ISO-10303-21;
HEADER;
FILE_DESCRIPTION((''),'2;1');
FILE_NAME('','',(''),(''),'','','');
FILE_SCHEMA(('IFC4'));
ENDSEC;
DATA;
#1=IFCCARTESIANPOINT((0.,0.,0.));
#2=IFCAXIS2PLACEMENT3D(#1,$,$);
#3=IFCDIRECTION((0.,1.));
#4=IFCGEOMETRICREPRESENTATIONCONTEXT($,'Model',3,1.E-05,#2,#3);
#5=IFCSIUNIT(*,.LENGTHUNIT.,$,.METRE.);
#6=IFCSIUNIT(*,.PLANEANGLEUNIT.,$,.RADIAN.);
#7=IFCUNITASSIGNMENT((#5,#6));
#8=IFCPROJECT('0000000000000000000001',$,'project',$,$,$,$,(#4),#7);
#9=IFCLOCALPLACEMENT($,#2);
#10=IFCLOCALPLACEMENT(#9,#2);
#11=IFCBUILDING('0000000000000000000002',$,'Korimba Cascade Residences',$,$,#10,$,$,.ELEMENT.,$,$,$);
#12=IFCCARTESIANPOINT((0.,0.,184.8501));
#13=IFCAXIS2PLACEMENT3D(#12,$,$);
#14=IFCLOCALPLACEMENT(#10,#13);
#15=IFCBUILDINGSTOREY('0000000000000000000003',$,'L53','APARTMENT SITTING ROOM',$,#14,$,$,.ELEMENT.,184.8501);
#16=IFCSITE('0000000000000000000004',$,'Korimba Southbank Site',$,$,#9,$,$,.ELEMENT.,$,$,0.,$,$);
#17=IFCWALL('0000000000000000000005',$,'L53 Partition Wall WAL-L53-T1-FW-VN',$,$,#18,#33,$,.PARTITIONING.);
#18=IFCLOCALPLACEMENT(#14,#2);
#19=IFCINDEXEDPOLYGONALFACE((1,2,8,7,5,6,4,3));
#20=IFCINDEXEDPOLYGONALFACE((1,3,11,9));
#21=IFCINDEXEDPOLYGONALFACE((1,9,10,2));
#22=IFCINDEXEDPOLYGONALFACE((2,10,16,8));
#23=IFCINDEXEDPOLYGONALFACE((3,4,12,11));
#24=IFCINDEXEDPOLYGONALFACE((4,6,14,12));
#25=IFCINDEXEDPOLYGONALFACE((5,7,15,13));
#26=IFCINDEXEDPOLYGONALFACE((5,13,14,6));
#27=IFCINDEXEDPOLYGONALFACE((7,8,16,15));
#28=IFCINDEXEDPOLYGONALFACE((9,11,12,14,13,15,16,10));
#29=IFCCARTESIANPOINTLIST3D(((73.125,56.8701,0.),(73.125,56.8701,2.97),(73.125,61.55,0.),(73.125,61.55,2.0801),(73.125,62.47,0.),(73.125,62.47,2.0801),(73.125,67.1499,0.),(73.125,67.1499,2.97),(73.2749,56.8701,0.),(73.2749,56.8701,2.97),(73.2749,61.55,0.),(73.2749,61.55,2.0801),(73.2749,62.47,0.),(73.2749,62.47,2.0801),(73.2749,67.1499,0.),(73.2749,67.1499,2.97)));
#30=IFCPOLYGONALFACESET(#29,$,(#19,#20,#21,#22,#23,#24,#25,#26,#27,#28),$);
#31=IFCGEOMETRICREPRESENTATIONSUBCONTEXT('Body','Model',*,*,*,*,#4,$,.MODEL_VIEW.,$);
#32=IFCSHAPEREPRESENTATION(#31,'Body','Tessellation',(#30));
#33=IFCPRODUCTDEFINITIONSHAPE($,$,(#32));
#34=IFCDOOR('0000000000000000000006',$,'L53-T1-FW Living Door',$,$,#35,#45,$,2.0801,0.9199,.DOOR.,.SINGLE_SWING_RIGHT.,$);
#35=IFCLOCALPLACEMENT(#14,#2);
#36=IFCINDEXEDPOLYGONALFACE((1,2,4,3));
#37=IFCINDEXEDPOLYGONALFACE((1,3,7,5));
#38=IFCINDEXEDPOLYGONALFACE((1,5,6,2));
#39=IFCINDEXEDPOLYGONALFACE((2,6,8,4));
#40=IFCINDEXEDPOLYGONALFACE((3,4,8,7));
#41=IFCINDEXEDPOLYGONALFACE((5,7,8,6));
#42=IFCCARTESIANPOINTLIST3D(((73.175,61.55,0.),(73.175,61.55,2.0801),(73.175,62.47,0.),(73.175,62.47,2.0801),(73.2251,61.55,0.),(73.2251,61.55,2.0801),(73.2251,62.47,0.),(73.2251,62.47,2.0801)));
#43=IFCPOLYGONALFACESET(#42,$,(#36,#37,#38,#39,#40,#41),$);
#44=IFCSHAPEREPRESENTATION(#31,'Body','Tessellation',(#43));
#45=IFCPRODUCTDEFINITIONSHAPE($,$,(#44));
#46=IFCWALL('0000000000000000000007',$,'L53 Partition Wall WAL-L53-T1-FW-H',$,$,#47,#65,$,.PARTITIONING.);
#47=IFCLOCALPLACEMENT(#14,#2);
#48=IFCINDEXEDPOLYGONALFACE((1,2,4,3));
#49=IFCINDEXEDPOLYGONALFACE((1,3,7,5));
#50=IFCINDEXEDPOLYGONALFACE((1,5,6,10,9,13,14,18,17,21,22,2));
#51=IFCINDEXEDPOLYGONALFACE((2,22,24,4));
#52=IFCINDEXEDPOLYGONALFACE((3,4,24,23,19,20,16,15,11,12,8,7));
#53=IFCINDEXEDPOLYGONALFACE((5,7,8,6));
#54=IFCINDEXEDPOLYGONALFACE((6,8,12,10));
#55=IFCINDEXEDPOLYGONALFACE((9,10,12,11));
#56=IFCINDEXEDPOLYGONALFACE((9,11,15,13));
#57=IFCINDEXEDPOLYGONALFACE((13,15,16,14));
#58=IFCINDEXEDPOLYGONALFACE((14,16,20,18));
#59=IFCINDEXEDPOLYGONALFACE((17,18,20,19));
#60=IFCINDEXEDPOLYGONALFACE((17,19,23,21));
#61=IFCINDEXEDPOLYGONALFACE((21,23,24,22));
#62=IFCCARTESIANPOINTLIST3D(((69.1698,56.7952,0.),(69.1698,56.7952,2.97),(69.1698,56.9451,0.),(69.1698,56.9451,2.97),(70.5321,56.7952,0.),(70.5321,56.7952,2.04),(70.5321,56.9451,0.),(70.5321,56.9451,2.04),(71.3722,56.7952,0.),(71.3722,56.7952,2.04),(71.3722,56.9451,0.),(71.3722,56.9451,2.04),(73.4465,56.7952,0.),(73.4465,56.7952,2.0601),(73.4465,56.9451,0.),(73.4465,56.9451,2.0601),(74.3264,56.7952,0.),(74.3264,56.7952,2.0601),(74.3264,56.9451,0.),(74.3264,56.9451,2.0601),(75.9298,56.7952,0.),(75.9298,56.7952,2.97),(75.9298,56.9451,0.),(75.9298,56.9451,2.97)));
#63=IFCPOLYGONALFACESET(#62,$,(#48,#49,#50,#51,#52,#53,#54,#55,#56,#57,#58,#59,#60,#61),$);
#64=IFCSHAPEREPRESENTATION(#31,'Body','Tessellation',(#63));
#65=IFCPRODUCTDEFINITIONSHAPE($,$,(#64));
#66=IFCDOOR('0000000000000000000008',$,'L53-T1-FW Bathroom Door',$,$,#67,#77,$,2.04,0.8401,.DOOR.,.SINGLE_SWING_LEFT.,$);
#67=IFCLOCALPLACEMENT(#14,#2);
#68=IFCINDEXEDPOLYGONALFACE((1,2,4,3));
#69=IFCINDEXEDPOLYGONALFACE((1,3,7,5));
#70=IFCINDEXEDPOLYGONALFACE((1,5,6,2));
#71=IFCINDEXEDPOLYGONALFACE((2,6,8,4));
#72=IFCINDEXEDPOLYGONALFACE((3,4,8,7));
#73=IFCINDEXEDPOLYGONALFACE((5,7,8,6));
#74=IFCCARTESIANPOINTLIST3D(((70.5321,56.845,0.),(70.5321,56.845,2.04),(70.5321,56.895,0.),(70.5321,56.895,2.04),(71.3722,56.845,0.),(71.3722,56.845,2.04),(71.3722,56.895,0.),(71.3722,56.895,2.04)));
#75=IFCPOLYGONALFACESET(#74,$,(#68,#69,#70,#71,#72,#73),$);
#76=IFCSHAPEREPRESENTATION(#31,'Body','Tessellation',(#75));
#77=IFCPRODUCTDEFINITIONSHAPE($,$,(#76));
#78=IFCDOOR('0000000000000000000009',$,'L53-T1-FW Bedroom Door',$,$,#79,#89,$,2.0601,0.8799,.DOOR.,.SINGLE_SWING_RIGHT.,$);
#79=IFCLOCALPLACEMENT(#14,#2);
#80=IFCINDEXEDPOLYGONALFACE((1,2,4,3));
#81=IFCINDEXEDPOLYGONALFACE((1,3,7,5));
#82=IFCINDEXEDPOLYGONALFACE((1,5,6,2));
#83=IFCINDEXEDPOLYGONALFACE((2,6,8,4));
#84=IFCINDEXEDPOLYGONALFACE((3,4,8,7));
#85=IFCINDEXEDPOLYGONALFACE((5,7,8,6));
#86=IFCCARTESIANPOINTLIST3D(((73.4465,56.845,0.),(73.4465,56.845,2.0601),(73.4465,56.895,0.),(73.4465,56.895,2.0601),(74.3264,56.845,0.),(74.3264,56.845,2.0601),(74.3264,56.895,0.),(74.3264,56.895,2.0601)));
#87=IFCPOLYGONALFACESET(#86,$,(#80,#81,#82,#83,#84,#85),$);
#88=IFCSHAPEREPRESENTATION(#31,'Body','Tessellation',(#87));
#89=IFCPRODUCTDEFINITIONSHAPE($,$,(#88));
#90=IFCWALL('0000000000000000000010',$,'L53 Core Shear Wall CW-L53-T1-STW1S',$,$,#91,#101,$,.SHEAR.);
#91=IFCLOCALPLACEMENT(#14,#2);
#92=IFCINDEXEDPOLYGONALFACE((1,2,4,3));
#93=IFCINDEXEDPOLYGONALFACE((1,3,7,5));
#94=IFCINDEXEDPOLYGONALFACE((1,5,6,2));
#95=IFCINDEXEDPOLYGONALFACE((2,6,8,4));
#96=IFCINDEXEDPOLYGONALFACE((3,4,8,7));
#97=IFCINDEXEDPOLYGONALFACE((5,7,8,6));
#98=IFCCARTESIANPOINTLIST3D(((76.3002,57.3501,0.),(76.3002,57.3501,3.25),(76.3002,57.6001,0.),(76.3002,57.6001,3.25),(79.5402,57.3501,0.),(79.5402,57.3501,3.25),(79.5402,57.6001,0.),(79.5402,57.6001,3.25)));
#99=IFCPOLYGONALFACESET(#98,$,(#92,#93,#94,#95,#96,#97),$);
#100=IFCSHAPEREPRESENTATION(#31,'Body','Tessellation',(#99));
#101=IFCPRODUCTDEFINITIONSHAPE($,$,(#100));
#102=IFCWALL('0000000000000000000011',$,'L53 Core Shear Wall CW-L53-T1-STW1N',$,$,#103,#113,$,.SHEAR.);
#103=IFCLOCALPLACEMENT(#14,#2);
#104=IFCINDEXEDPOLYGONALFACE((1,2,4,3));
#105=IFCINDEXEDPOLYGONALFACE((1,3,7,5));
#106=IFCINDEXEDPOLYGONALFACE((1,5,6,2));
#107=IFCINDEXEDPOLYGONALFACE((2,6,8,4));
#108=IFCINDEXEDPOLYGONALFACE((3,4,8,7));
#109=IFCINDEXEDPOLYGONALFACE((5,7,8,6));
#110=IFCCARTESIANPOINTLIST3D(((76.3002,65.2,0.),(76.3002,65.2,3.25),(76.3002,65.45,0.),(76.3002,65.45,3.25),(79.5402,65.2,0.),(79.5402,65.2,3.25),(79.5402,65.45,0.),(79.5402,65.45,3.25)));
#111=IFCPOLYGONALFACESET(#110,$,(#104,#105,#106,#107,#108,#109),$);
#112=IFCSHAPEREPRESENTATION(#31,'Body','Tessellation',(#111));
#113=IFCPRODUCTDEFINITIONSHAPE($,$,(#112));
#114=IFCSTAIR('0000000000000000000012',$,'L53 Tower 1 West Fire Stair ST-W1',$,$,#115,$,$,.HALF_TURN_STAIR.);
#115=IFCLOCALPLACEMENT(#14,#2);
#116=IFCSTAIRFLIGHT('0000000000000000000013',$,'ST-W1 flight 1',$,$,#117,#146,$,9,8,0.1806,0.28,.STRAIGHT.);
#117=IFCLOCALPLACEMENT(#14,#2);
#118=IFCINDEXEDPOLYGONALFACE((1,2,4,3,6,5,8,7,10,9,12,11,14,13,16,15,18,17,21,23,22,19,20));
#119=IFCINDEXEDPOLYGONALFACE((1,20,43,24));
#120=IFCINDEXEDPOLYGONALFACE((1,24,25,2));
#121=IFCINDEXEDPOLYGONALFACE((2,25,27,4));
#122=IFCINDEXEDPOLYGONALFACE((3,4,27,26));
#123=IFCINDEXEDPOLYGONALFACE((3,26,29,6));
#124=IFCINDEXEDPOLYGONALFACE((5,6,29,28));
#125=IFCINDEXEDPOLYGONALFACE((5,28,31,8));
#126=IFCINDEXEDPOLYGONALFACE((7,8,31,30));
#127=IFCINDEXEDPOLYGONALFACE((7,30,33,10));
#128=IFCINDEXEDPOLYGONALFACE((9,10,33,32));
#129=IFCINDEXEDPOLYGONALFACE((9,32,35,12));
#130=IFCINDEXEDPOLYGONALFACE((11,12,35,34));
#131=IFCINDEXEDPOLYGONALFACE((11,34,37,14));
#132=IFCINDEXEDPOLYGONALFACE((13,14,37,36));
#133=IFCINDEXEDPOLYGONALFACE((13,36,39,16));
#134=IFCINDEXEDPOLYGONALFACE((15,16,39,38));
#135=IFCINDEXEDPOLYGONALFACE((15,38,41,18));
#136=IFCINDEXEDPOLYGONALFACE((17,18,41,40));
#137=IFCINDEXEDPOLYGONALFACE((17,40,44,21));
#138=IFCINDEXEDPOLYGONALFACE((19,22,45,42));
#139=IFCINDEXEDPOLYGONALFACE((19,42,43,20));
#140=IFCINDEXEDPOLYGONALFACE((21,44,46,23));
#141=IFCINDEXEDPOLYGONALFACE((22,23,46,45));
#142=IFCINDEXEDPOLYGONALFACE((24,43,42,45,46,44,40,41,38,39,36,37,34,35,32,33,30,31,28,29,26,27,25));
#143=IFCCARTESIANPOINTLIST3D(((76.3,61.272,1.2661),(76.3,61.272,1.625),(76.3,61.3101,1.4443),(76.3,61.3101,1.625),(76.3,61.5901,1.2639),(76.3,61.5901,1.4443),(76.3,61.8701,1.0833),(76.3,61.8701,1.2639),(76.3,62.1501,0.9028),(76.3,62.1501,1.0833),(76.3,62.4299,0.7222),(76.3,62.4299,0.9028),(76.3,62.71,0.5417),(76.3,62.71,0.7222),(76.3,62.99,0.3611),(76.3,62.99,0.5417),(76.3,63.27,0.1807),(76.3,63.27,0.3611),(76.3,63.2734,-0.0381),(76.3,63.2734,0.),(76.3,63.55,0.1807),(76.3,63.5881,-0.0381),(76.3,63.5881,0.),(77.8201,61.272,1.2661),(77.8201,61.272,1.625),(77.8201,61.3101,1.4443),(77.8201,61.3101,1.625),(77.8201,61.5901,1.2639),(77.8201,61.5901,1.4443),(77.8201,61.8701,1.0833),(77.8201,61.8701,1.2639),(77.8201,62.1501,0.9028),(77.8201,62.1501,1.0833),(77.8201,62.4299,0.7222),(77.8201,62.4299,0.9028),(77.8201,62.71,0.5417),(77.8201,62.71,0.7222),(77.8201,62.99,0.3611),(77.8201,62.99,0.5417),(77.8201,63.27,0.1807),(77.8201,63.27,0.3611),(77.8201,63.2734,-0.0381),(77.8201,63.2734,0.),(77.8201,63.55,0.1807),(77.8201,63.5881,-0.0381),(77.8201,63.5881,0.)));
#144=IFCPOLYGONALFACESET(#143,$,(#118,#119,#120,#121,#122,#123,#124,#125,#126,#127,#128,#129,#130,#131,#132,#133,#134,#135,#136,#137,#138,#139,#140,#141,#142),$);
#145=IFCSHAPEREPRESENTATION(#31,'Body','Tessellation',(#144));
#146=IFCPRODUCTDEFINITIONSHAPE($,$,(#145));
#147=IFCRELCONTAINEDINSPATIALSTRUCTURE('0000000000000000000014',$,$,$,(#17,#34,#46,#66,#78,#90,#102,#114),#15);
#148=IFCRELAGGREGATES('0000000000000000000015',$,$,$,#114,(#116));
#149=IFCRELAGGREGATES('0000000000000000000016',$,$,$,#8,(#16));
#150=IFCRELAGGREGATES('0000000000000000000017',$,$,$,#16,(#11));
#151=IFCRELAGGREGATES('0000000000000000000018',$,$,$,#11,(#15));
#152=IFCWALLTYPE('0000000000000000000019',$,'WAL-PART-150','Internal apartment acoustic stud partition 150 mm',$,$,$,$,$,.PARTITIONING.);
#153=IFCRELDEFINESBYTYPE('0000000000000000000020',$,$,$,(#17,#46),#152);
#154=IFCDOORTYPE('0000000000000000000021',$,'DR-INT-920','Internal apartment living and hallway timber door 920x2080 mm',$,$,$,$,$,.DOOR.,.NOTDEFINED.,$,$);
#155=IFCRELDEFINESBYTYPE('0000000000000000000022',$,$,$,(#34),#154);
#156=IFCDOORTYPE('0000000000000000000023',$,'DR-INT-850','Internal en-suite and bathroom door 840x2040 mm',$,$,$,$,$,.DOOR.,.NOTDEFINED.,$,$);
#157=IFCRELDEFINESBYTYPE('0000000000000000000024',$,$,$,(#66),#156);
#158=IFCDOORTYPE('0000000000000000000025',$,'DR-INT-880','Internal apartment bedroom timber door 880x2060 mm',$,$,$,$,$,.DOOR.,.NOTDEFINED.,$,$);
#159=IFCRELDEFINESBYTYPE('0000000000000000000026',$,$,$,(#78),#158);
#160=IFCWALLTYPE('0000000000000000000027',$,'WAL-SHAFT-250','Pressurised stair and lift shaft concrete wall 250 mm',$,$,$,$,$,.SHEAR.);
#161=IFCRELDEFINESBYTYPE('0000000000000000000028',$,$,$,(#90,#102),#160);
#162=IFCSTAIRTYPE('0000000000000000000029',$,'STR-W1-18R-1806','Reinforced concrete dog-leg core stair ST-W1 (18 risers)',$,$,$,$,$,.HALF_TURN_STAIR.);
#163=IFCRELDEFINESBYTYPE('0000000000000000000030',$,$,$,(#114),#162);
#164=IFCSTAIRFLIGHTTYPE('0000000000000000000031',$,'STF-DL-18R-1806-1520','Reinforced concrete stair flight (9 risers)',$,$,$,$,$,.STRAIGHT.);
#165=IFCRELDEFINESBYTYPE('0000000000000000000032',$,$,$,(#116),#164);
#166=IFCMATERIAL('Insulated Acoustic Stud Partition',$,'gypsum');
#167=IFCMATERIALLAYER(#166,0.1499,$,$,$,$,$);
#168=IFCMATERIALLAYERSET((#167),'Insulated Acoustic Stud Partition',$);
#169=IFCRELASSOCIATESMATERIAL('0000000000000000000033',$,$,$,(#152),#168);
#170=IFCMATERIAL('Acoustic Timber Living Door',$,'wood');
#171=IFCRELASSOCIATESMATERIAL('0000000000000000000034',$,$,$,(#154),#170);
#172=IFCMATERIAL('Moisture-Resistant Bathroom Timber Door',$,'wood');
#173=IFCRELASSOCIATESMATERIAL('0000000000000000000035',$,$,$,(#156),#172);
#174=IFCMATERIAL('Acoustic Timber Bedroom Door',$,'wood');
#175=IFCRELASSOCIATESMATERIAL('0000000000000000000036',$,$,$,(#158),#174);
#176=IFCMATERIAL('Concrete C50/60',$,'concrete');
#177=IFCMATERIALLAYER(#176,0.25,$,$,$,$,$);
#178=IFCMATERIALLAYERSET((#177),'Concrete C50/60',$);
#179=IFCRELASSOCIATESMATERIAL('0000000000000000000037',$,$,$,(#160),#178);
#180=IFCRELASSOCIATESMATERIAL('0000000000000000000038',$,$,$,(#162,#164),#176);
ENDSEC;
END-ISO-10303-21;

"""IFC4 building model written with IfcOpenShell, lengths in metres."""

from ifc_helpers import new_model, si_unit, direction, frame, frame_2d, origin, place, context, subcontext, project, spatial, polyline, rectangle, outline, extrude, material, layer, layer_set, type_object, element, fill, aggregate, save


model = new_model("IFC4")

# Units and contexts
model_context = context("Model", 3, precision=1e-05, world=origin(), true_north=direction((0.0, 1.0)))
body_context = subcontext(model_context, "Body", "Model", "MODEL_VIEW")
ifc_project = project(units=[si_unit("LENGTHUNIT", "METRE"), si_unit("PLANEANGLEUNIT", "RADIAN")], contexts=[model_context])

# Site, building, storey
site_placement = place(None, origin())
site = spatial("IfcSite", under=ifc_project, at=site_placement, Name="Korimba Southbank Site", CompositionType="ELEMENT", RefElevation=0.0)
building_placement = place(site_placement, origin())
building = spatial("IfcBuilding", under=site, at=building_placement, Name="Korimba Cascade Residences", CompositionType="ELEMENT")
storey_placement = place(building_placement, frame((0.0, 0.0, 184.8501)))
storey = spatial("IfcBuildingStorey", under=building, at=storey_placement, Name="L53", Description="APARTMENT SITTING ROOM", CompositionType="ELEMENT", Elevation=184.8501)

# Wall, opening, door
ifc_material_1 = material(Name="Insulated Acoustic Stud Partition", Category="gypsum")
ifc_layer_1 = layer(ifc_material_1, 0.1499)
ifc_layer_set_1 = layer_set([ifc_layer_1], Name="Insulated Acoustic Stud Partition")
wall_type_1 = type_object("IfcWallType", Name="WAL-PART-150", Description="Internal apartment acoustic stud partition 150 mm", PredefinedType="PARTITIONING", material=ifc_layer_set_1)
wall_1_placement = place(storey_placement, frame((73.2, 56.8701, 0.0), z_axis=(0.0, 0.0, 1.0), x_axis=(0.0, 1.0, 0.0)))
wall_1 = element("IfcWall", 1, at=wall_1_placement, inside=storey, type_object=wall_type_1, Name="L53 Partition Wall WAL-L53-T1-FW-VN", PredefinedType="PARTITIONING", context=body_context, shape_type="SweptSolid", body=[
    extrude(rectangle(XDim=10.2798, YDim=0.1499, at=frame_2d((5.1399, 0.0))), origin(), (0.0, 0.0, 1.0), 2.97),
])
opening_1_placement = place(wall_1_placement, frame((4.6799, 0.0, 0.0)))
opening_1 = element("IfcOpeningElement", 2, at=opening_1_placement, cuts=wall_1, PredefinedType="OPENING", context=body_context, shape_type="SweptSolid", body=[
    extrude(rectangle(XDim=0.9199, YDim=2.0801, at=frame_2d((0.46, 1.04))), frame((0.0, 0.085, 0.0), z_axis=(0.0, -1.0, 0.0), x_axis=(1.0, 0.0, 0.0)), (0.0, 0.0, 1.0), 0.1699),
])
ifc_material_2 = material(Name="Acoustic Timber Living Door", Category="wood")
door_type_1 = type_object("IfcDoorType", Name="DR-INT-920", Description="Internal apartment living and hallway timber door 920x2080 mm", OperationType="NOTDEFINED", PredefinedType="DOOR", material=ifc_material_2)
door_1_placement = place(opening_1_placement, origin())
door_1 = element("IfcDoor", 3, at=door_1_placement, inside=storey, type_object=door_type_1, Name="L53-T1-FW Living Door", OperationType="SINGLE_SWING_RIGHT", OverallHeight=2.0801, OverallWidth=0.9199, PredefinedType="DOOR", context=body_context, shape_type="SweptSolid", body=[
    extrude(rectangle(XDim=0.9199, YDim=2.0801, at=frame_2d((0.46, 1.04))), frame((0.0, 0.0249, 0.0), z_axis=(0.0, -1.0, 0.0), x_axis=(1.0, 0.0, 0.0)), (0.0, 0.0, 1.0), 0.05),
])
fill(opening_1, door_1)

# Wall, openings, doors
wall_2_placement = place(storey_placement, frame((69.1699, 56.8701, 0.0), z_axis=(0.0, 0.0, 1.0), x_axis=(1.0, 0.0, 0.0)))
wall_2 = element("IfcWall", 4, at=wall_2_placement, inside=storey, type_object=wall_type_1, Name="L53 Partition Wall WAL-L53-T1-FW-H", PredefinedType="PARTITIONING", context=body_context, shape_type="SweptSolid", body=[
    extrude(rectangle(XDim=6.76, YDim=0.1499, at=frame_2d((3.3799, 0.0))), origin(), (0.0, 0.0, 1.0), 2.97),
])
opening_2_placement = place(wall_2_placement, frame((1.3623, 0.0, 0.0)))
opening_2 = element("IfcOpeningElement", 5, at=opening_2_placement, cuts=wall_2, PredefinedType="OPENING", context=body_context, shape_type="SweptSolid", body=[
    extrude(rectangle(XDim=0.8401, YDim=2.04, at=frame_2d((0.4199, 1.02))), frame((0.0, 0.085, 0.0), z_axis=(0.0, -1.0, 0.0), x_axis=(1.0, 0.0, 0.0)), (0.0, 0.0, 1.0), 0.1699),
])
opening_3_placement = place(wall_2_placement, frame((4.2766, 0.0, 0.0)))
opening_3 = element("IfcOpeningElement", 6, at=opening_3_placement, cuts=wall_2, PredefinedType="OPENING", context=body_context, shape_type="SweptSolid", body=[
    extrude(rectangle(XDim=0.8799, YDim=2.0601, at=frame_2d((0.4399, 1.03))), frame((0.0, 0.085, 0.0), z_axis=(0.0, -1.0, 0.0), x_axis=(1.0, 0.0, 0.0)), (0.0, 0.0, 1.0), 0.1699),
])
ifc_material_3 = material(Name="Moisture-Resistant Bathroom Timber Door", Category="wood")
door_type_2 = type_object("IfcDoorType", Name="DR-INT-850", Description="Internal en-suite and bathroom door 840x2040 mm", OperationType="NOTDEFINED", PredefinedType="DOOR", material=ifc_material_3)
door_2_placement = place(opening_2_placement, origin())
door_2 = element("IfcDoor", 7, at=door_2_placement, inside=storey, type_object=door_type_2, Name="L53-T1-FW Bathroom Door", OperationType="SINGLE_SWING_LEFT", OverallHeight=2.04, OverallWidth=0.8401, PredefinedType="DOOR", context=body_context, shape_type="SweptSolid", body=[
    extrude(rectangle(XDim=0.8401, YDim=2.04, at=frame_2d((0.4199, 1.02))), frame((0.0, 0.0249, 0.0), z_axis=(0.0, -1.0, 0.0), x_axis=(1.0, 0.0, 0.0)), (0.0, 0.0, 1.0), 0.05),
])
fill(opening_2, door_2)
ifc_material_4 = material(Name="Acoustic Timber Bedroom Door", Category="wood")
door_type_3 = type_object("IfcDoorType", Name="DR-INT-880", Description="Internal apartment bedroom timber door 880x2060 mm", OperationType="NOTDEFINED", PredefinedType="DOOR", material=ifc_material_4)
door_3_placement = place(opening_3_placement, origin())
door_3 = element("IfcDoor", 8, at=door_3_placement, inside=storey, type_object=door_type_3, Name="L53-T1-FW Bedroom Door", OperationType="SINGLE_SWING_RIGHT", OverallHeight=2.0601, OverallWidth=0.8799, PredefinedType="DOOR", context=body_context, shape_type="SweptSolid", body=[
    extrude(rectangle(XDim=0.8799, YDim=2.0601, at=frame_2d((0.4399, 1.03))), frame((0.0, 0.0249, 0.0), z_axis=(0.0, -1.0, 0.0), x_axis=(1.0, 0.0, 0.0)), (0.0, 0.0, 1.0), 0.05),
])
fill(opening_3, door_3)

# Walls
ifc_material_5 = material(Name="Concrete C50/60", Category="concrete")
ifc_layer_2 = layer(ifc_material_5, 0.25)
ifc_layer_set_2 = layer_set([ifc_layer_2], Name="Concrete C50/60")
wall_type_2 = type_object("IfcWallType", Name="WAL-SHAFT-250", Description="Pressurised stair and lift shaft concrete wall 250 mm", PredefinedType="SHEAR", material=ifc_layer_set_2)
for number, where, z_axis, x_axis, name in (
    (9, (76.3, 57.4751, 0.0), (0.0, 0.0, 1.0), (1.0, 0.0, 0.0), "L53 Core Shear Wall CW-L53-T1-STW1S"),
    (10, (76.3, 65.325, 0.0), (0.0, 0.0, 1.0), (1.0, 0.0, 0.0), "L53 Core Shear Wall CW-L53-T1-STW1N"),
):
    element("IfcWall", number, at=place(storey_placement, frame(where, z_axis=z_axis, x_axis=x_axis)), inside=storey, type_object=wall_type_2, Name=name, PredefinedType="SHEAR", context=body_context, shape_type="SweptSolid", body=[
        extrude(rectangle(XDim=3.24, YDim=0.25, at=frame_2d((1.6201, 0.0))), origin(), (0.0, 0.0, 1.0), 3.25),
    ])

# Stair, stair flight
stair_type = type_object("IfcStairType", Name="STR-W1-18R-1806", Description="Reinforced concrete dog-leg core stair ST-W1 (18 risers)", PredefinedType="HALF_TURN_STAIR", material=ifc_material_5)
stair_placement = place(storey_placement, origin())
stair = element("IfcStair", 11, at=stair_placement, inside=storey, type_object=stair_type, Name="L53 Tower 1 West Fire Stair ST-W1", PredefinedType="HALF_TURN_STAIR")
stair_flight_type = type_object("IfcStairFlightType", Name="STF-DL-18R-1806-1520", Description="Reinforced concrete stair flight (9 risers)", PredefinedType="STRAIGHT", material=ifc_material_5)
stair_flight_placement = place(storey_placement, frame((77.0601, 63.55, 0.0), z_axis=(0.0, 0.0, 1.0), x_axis=(0.0, -1.0, 0.0)))
stair_flight = element("IfcStairFlight", 12, at=stair_flight_placement, type_object=stair_flight_type, Name="ST-W1 flight 1", NumberOfRisers=9, NumberOfTreads=8, PredefinedType="STRAIGHT", RiserHeight=0.1806, TreadLength=0.28, context=body_context, shape_type="SweptSolid", body=[
    extrude(outline(polyline([(-0.0381, 0.0), (0.0, 0.1807), (0.28, 0.1807), (0.28, 0.3611), (0.5601, 0.3611), (0.5601, 0.5417), (0.8401, 0.5417), (0.8401, 0.7222), (1.1201, 0.7222), (1.1201, 0.9028), (1.3999, 0.9028), (1.3999, 1.0833), (1.6799, 1.0833), (1.6799, 1.2639), (1.96, 1.2639), (1.96, 1.4443), (2.24, 1.4443), (2.24, 1.625), (2.2781, 1.625), (2.2781, 1.2661), (0.2766, 0.0), (0.2766, -0.0381), (-0.0381, -0.0381), (-0.0381, 0.0)])), frame((0.0, 0.76, 0.0), z_axis=(0.0, -1.0, 0.0), x_axis=(1.0, 0.0, 0.0)), (0.0, 0.0, 1.0), 1.52),
])
aggregate(stair, [stair_flight])

save(model, "model.ifc")
